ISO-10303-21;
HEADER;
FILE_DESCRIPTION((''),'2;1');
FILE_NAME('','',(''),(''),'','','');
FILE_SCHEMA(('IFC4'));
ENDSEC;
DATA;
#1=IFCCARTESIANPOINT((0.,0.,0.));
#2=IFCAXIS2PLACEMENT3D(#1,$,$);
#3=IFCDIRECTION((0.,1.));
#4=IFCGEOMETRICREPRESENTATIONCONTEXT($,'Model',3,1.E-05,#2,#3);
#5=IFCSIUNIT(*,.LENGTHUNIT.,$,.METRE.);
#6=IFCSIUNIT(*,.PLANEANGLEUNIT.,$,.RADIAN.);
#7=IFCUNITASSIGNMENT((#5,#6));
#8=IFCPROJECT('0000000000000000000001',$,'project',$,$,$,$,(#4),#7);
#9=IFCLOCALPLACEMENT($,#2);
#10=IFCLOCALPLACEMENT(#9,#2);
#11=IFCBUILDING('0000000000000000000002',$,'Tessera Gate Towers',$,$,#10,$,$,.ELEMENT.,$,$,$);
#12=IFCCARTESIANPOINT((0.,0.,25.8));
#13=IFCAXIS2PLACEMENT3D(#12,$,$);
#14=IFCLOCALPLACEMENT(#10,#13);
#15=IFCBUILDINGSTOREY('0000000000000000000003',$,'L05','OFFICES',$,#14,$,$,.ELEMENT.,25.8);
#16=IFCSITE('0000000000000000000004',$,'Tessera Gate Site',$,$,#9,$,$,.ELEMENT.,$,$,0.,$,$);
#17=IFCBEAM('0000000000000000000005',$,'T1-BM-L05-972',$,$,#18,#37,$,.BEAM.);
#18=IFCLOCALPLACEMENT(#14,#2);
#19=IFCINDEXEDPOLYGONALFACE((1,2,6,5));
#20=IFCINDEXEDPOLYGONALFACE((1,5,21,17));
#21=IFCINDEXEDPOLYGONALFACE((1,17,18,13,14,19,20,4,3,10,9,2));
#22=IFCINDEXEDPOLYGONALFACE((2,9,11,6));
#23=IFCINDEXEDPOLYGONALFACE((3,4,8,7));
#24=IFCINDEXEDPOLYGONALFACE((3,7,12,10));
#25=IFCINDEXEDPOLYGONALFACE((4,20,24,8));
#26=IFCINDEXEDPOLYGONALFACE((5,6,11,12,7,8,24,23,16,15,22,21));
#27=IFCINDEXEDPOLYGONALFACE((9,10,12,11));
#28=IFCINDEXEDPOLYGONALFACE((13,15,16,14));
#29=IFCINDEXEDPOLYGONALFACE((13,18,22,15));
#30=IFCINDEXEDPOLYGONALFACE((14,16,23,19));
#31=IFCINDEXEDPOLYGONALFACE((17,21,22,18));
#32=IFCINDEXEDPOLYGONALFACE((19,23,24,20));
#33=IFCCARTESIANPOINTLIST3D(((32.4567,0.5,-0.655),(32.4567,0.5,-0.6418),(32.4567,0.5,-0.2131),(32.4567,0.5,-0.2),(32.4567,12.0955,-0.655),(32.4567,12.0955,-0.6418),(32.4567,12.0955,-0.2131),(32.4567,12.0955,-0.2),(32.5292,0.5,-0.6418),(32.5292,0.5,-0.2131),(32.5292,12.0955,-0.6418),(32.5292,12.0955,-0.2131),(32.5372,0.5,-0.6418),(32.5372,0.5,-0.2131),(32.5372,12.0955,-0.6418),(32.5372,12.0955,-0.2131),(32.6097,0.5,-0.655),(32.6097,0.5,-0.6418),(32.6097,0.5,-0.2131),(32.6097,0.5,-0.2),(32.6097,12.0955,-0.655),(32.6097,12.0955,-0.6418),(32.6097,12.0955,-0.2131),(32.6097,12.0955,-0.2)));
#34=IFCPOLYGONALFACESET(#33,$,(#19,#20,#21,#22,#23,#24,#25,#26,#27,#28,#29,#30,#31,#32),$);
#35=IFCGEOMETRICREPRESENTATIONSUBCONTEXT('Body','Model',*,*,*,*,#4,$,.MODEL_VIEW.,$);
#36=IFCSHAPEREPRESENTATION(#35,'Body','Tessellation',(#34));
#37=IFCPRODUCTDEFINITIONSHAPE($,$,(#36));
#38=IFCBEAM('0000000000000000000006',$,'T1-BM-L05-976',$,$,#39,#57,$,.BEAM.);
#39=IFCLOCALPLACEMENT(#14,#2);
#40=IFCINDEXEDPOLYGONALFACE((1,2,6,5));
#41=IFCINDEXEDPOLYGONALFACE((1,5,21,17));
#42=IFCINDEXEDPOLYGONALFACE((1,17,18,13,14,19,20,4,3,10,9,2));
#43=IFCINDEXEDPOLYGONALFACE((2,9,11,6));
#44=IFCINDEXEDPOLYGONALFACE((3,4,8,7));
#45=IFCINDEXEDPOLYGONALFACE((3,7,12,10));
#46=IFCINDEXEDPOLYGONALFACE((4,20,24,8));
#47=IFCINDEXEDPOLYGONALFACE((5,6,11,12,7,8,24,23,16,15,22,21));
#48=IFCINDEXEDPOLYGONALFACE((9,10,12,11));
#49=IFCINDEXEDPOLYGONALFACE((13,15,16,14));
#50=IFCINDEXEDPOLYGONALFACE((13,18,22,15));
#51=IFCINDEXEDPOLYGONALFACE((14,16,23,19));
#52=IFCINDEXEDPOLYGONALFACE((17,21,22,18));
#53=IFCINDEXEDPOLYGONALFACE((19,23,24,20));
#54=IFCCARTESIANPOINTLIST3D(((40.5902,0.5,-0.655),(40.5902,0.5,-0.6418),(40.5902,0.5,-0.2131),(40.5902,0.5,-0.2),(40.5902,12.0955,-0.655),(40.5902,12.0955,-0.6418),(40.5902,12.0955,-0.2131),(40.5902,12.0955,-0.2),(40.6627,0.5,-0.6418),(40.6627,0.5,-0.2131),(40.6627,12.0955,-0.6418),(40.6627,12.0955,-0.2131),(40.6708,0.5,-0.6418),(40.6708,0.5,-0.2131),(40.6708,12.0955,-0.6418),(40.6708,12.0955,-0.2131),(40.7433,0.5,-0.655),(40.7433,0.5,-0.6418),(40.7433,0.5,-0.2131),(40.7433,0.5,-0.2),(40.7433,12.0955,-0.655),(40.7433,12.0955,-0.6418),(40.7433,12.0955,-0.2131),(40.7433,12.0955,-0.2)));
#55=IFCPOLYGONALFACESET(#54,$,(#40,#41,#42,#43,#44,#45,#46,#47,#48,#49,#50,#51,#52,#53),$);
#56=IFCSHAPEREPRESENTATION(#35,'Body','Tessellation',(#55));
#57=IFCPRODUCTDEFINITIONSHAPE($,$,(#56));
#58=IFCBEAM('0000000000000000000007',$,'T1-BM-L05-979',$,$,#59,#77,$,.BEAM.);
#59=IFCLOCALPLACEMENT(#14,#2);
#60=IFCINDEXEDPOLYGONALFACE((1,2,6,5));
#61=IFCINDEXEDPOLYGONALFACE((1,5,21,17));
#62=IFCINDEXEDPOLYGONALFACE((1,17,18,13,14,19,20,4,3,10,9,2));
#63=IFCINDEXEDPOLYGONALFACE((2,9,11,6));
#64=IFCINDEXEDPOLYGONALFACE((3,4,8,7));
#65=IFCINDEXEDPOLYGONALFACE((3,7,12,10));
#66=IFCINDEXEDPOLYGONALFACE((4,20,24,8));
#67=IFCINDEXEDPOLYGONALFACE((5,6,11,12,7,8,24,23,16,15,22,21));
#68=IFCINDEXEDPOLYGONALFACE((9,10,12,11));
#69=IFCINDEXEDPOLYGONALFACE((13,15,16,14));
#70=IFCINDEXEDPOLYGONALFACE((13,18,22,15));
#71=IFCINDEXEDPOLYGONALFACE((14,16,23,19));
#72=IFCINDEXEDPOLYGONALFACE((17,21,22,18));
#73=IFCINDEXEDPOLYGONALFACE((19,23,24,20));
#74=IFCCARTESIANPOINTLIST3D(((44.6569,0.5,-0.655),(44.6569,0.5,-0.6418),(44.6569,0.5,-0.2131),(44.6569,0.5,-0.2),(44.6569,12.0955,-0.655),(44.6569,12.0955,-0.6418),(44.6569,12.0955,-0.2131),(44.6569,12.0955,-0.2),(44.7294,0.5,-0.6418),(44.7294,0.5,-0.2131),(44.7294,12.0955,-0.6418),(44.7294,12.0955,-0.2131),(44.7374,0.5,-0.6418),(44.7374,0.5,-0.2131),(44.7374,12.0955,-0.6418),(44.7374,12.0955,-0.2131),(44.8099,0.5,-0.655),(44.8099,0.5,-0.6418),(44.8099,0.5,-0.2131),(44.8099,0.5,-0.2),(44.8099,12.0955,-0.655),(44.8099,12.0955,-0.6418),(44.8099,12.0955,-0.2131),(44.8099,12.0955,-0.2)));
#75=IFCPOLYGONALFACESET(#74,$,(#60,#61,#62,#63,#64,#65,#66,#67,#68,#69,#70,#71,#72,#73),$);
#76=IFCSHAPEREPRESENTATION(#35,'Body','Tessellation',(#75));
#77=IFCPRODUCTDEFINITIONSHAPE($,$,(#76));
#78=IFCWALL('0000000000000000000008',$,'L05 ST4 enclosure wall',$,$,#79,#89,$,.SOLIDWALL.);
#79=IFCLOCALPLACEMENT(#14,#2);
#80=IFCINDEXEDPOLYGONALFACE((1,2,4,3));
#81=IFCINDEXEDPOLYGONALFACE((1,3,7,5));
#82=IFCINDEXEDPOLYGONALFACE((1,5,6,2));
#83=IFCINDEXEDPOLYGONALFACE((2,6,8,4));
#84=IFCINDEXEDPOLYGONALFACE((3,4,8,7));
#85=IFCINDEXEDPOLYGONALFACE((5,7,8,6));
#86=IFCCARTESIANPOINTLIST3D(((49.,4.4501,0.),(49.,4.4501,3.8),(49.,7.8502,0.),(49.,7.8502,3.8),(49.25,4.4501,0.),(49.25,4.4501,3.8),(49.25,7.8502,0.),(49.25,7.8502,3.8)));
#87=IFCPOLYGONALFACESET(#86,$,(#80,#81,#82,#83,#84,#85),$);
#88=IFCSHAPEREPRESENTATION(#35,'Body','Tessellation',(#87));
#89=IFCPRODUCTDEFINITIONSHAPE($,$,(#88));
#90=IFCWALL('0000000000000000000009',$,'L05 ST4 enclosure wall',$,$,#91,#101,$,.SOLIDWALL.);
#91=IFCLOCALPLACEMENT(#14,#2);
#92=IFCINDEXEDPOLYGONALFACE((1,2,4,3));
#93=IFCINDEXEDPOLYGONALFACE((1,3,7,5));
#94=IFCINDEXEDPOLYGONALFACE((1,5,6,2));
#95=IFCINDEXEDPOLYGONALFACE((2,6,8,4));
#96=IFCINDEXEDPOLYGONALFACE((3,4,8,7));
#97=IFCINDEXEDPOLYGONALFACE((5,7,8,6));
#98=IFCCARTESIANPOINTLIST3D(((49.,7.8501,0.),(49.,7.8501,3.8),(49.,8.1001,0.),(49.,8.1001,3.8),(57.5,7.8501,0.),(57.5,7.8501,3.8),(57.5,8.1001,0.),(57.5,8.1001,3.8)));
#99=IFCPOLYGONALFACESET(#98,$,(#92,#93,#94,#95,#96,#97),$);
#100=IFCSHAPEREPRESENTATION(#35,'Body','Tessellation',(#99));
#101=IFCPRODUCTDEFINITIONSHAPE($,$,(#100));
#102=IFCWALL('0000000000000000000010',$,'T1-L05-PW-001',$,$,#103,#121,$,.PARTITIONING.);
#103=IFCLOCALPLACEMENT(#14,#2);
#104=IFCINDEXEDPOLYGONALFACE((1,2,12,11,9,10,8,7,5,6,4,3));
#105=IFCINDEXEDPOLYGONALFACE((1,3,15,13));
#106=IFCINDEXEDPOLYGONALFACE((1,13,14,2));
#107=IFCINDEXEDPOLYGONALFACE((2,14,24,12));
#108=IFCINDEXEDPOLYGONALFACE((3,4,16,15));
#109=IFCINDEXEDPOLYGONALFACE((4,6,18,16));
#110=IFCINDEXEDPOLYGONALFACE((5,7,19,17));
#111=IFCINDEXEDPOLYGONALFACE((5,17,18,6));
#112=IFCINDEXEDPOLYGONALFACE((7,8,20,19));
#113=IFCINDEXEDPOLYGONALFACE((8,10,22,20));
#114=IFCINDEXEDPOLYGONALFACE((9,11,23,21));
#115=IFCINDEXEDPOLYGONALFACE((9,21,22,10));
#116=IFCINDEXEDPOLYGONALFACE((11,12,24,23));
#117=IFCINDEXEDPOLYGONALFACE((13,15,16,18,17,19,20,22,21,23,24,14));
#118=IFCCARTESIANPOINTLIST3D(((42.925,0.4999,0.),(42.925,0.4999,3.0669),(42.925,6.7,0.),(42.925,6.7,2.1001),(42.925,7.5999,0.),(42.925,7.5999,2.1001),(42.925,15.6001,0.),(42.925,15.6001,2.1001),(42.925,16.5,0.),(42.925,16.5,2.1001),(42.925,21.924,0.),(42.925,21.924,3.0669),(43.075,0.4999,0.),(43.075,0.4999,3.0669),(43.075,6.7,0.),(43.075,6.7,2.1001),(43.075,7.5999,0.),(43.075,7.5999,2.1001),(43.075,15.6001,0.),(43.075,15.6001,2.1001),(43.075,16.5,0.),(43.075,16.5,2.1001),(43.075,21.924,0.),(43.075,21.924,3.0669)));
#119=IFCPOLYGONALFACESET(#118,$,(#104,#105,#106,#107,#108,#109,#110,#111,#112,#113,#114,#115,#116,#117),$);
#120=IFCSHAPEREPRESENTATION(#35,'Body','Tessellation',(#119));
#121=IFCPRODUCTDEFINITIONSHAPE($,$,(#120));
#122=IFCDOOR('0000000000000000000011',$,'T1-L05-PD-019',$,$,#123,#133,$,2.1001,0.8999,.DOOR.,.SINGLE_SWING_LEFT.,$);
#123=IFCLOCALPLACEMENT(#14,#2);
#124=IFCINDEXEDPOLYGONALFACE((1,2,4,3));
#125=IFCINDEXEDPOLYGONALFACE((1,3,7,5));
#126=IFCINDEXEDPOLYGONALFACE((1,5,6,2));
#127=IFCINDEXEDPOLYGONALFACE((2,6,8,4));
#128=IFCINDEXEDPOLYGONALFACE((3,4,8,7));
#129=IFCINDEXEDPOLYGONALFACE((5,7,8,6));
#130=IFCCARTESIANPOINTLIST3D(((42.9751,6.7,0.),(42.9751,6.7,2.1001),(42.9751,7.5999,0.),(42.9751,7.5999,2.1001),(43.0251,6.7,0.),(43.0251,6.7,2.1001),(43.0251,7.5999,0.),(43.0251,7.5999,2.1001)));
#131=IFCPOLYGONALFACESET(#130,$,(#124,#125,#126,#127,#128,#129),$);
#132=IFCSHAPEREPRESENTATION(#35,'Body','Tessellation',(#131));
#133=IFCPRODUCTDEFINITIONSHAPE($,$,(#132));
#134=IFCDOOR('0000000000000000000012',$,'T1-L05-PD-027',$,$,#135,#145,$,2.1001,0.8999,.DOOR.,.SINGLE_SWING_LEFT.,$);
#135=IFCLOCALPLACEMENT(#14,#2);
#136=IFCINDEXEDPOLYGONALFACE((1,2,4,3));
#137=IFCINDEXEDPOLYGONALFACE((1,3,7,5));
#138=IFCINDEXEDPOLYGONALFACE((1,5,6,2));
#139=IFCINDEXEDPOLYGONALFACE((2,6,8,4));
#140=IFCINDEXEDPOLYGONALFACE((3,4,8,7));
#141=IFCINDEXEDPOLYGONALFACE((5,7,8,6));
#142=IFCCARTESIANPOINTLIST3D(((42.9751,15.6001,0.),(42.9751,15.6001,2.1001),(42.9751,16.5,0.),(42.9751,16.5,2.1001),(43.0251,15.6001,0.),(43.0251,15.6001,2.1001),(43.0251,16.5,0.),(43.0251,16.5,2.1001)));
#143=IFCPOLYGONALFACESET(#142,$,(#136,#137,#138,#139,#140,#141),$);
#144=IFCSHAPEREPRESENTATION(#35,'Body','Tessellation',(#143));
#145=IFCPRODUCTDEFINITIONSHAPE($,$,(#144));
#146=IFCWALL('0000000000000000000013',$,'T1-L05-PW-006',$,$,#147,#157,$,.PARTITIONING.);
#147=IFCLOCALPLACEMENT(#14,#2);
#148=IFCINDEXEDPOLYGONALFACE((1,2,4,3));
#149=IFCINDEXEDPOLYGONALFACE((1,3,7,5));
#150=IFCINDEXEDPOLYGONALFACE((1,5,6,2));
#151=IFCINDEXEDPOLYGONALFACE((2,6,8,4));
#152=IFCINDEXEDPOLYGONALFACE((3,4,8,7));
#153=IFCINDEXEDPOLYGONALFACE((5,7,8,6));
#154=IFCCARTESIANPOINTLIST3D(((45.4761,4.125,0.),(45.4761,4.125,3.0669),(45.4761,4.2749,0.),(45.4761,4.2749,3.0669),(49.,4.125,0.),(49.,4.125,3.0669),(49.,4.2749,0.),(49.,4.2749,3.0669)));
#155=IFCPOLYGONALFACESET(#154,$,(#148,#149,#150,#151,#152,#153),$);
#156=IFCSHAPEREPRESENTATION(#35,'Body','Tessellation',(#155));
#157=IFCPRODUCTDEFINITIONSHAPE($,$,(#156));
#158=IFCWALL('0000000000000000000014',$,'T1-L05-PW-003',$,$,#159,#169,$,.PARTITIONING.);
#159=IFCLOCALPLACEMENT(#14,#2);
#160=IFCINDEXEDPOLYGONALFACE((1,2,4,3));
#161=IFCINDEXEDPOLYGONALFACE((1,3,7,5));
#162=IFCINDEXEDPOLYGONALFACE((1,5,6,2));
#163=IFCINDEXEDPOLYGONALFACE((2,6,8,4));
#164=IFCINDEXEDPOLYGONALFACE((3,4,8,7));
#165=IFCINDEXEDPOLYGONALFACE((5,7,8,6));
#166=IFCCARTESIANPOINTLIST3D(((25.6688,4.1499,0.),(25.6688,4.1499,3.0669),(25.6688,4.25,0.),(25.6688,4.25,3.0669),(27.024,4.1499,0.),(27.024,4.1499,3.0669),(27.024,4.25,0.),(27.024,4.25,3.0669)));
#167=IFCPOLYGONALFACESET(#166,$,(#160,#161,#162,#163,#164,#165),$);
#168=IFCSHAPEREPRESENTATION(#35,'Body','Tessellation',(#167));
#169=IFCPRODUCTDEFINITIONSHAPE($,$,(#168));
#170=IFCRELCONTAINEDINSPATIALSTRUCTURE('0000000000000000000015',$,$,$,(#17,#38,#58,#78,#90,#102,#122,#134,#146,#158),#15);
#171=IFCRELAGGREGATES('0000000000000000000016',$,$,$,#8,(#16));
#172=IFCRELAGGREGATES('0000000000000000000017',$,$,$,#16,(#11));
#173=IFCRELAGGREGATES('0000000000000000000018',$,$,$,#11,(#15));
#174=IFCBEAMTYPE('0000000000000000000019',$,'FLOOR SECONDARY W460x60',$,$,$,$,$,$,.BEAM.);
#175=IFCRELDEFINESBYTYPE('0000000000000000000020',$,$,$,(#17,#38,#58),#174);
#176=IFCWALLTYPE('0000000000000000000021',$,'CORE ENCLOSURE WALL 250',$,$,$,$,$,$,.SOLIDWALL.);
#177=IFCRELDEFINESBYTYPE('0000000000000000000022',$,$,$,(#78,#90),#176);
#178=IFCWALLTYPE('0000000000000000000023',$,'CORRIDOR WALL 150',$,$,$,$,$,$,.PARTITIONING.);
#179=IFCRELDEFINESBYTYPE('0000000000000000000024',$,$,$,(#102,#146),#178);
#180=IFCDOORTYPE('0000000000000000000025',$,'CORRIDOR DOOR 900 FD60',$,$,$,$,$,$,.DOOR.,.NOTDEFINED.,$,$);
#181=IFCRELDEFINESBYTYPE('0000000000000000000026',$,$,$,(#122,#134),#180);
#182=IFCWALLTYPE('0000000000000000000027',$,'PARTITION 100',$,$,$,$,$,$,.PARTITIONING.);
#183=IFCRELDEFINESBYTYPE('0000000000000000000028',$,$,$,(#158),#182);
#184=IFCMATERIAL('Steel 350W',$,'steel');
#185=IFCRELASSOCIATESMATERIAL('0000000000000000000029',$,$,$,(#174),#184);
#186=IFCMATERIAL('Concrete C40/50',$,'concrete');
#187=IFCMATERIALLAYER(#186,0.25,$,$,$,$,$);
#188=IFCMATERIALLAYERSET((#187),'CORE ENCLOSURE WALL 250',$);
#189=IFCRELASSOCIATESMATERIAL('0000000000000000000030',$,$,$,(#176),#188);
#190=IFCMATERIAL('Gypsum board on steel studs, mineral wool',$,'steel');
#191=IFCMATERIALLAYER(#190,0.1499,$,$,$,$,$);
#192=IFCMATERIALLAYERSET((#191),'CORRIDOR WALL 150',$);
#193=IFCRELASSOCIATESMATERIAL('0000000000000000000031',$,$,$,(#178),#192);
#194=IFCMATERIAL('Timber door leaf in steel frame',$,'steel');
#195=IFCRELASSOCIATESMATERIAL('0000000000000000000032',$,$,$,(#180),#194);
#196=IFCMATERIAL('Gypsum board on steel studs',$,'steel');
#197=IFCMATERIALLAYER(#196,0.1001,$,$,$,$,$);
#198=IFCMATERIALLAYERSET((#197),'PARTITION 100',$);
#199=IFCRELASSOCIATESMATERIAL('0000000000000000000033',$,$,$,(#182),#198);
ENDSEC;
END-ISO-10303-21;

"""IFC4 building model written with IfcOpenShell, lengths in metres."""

from ifc_helpers import new_model, si_unit, direction, frame, frame_2d, origin, origin_2d, place, context, subcontext, project, spatial, rectangle, i_section, extrude, source, transform, mapped, material, layer, layer_set, material_profile, profile_set, type_object, element, fill, save


model = new_model("IFC4")

# Units and contexts
model_context = context("Model", 3, precision=1e-05, world=origin(), true_north=direction((0.0, 1.0)))
body_context = subcontext(model_context, "Body", "Model", "MODEL_VIEW")
ifc_project = project(units=[si_unit("LENGTHUNIT", "METRE"), si_unit("PLANEANGLEUNIT", "RADIAN")], contexts=[model_context])

# Site, building, storey
site_placement = place(None, origin())
site = spatial("IfcSite", under=ifc_project, at=site_placement, Name="Tessera Gate Site", CompositionType="ELEMENT", RefElevation=0.0)
building_placement = place(site_placement, origin())
building = spatial("IfcBuilding", under=site, at=building_placement, Name="Tessera Gate Towers", CompositionType="ELEMENT")
storey_placement = place(building_placement, frame((0.0, 0.0, 25.8)))
storey = spatial("IfcBuildingStorey", under=building, at=storey_placement, Name="L05", Description="OFFICES", CompositionType="ELEMENT", Elevation=25.8)

# Beams
ifc_material_1 = material(Name="Steel 350W", Category="steel")
ifc_material_profile_1 = material_profile(ifc_material_1, i_section(OverallWidth=0.1531, OverallDepth=0.4551, WebThickness=0.0081, FlangeThickness=0.0132, at=origin_2d()), Name="W460x60")
ifc_profile_set_1 = profile_set([ifc_material_profile_1], Name="Steel 350W")
beam_type_1 = type_object("IfcBeamType", Name="FLOOR SECONDARY W460x60", PredefinedType="BEAM", material=ifc_profile_set_1)
for number, where, z_axis, x_axis, name in (
    (1, (32.5332, 0.5, -0.4275), (0.0, 1.0, 0.0), (-1.0, 0.0, 0.0), "T1-BM-L05-972"),
    (2, (40.6667, 0.5, -0.4275), (0.0, 1.0, 0.0), (-1.0, 0.0, 0.0), "T1-BM-L05-976"),
    (3, (44.7334, 0.5, -0.4275), (0.0, 1.0, 0.0), (-1.0, 0.0, 0.0), "T1-BM-L05-979"),
):
    element("IfcBeam", number, at=place(storey_placement, frame(where, z_axis=z_axis, x_axis=x_axis)), inside=storey, type_object=beam_type_1, Name=name, PredefinedType="BEAM", context=body_context, shape_type="SweptSolid", body=[
        extrude(i_section(OverallWidth=0.1531, OverallDepth=0.4551, WebThickness=0.0081, FlangeThickness=0.0132, at=origin_2d()), origin(), (0.0, 0.0, 1.0), 11.5955),
    ])

# Walls
ifc_material_2 = material(Name="Concrete C40/50", Category="concrete")
ifc_layer_1 = layer(ifc_material_2, 0.25)
ifc_layer_set_1 = layer_set([ifc_layer_1], Name="CORE ENCLOSURE WALL 250")
wall_type_1 = type_object("IfcWallType", Name="CORE ENCLOSURE WALL 250", PredefinedType="SOLIDWALL", material=ifc_layer_set_1)
wall_1_placement = place(storey_placement, frame((49.125, 4.45, 0.0), z_axis=(0.0, 0.0, 1.0), x_axis=(0.0, 1.0, 0.0)))
element("IfcWall", 4, at=wall_1_placement, inside=storey, type_object=wall_type_1, Name="L05 ST4 enclosure wall", PredefinedType="SOLIDWALL", context=body_context, shape_type="SweptSolid", body=[
    extrude(rectangle(XDim=3.4001, YDim=0.25, at=frame_2d((1.7002, 0.0))), origin(), (0.0, 0.0, 1.0), 3.8),
])
wall_2_placement = place(storey_placement, frame((49.0, 7.9751, 0.0), z_axis=(0.0, 0.0, 1.0), x_axis=(1.0, 0.0, 0.0)))
element("IfcWall", 5, at=wall_2_placement, inside=storey, type_object=wall_type_1, Name="L05 ST4 enclosure wall", PredefinedType="SOLIDWALL", context=body_context, shape_type="SweptSolid", body=[
    extrude(rectangle(XDim=8.5, YDim=0.25, at=frame_2d((4.25, 0.0))), origin(), (0.0, 0.0, 1.0), 3.8),
])

# Wall, openings, doors
ifc_material_3 = material(Name="Gypsum board on steel studs, mineral wool", Category="steel")
ifc_layer_2 = layer(ifc_material_3, 0.1499)
ifc_layer_set_2 = layer_set([ifc_layer_2], Name="CORRIDOR WALL 150")
wall_type_2 = type_object("IfcWallType", Name="CORRIDOR WALL 150", PredefinedType="PARTITIONING", material=ifc_layer_set_2)
wall_3_placement = place(storey_placement, frame((43.0, 0.5, 0.0), z_axis=(0.0, 0.0, 1.0), x_axis=(0.0, 1.0, 0.0)))
wall_3 = element("IfcWall", 6, at=wall_3_placement, inside=storey, type_object=wall_type_2, Name="T1-L05-PW-001", PredefinedType="PARTITIONING", context=body_context, shape_type="SweptSolid", body=[
    extrude(rectangle(XDim=21.4241, YDim=0.1499, at=frame_2d((10.7119, 0.0))), origin(), (0.0, 0.0, 1.0), 3.0669),
])
shared_shape_1 = source(origin(), body_context, "Body", "SweptSolid", [
    extrude(rectangle(XDim=0.8999, YDim=2.1001, at=frame_2d((0.45, 1.05))), frame((0.0, 0.085, 0.0), z_axis=(0.0, -1.0, 0.0), x_axis=(1.0, 0.0, 0.0)), (0.0, 0.0, 1.0), 0.1699),
])
opening_1_placement = place(wall_3_placement, frame((6.2, 0.0, 0.0)))
opening_1 = element("IfcOpeningElement", 7, at=opening_1_placement, cuts=wall_3, PredefinedType="OPENING", context=body_context, shape_type="MappedRepresentation", body=[
    mapped(shared_shape_1, transform((0.0, 0.0, 0.0), scale=1.0)),
])
opening_2_placement = place(wall_3_placement, frame((15.1001, 0.0, 0.0)))
opening_2 = element("IfcOpeningElement", 8, at=opening_2_placement, cuts=wall_3, PredefinedType="OPENING", context=body_context, shape_type="MappedRepresentation", body=[
    mapped(shared_shape_1, transform((0.0, 0.0, 0.0), scale=1.0)),
])
ifc_material_4 = material(Name="Timber door leaf in steel frame", Category="steel")
door_type_1 = type_object("IfcDoorType", Name="CORRIDOR DOOR 900 FD60", OperationType="NOTDEFINED", PredefinedType="DOOR", material=ifc_material_4)
shared_shape_2 = source(origin(), body_context, "Body", "SweptSolid", [
    extrude(rectangle(XDim=0.8999, YDim=2.1001, at=frame_2d((0.45, 1.05))), frame((0.0, 0.0249, 0.0), z_axis=(0.0, -1.0, 0.0), x_axis=(1.0, 0.0, 0.0)), (0.0, 0.0, 1.0), 0.05),
])
door_1_placement = place(opening_1_placement, origin())
door_1 = element("IfcDoor", 9, at=door_1_placement, inside=storey, type_object=door_type_1, Name="T1-L05-PD-019", OperationType="SINGLE_SWING_LEFT", OverallHeight=2.1001, OverallWidth=0.8999, PredefinedType="DOOR", context=body_context, shape_type="MappedRepresentation", body=[
    mapped(shared_shape_2, transform((0.0, 0.0, 0.0), scale=1.0)),
])
fill(opening_1, door_1)
door_2_placement = place(opening_2_placement, origin())
door_2 = element("IfcDoor", 10, at=door_2_placement, inside=storey, type_object=door_type_1, Name="T1-L05-PD-027", OperationType="SINGLE_SWING_LEFT", OverallHeight=2.1001, OverallWidth=0.8999, PredefinedType="DOOR", context=body_context, shape_type="MappedRepresentation", body=[
    mapped(shared_shape_2, transform((0.0, 0.0, 0.0), scale=1.0)),
])
fill(opening_2, door_2)

# Walls
wall_4_placement = place(storey_placement, frame((45.4761, 4.2, 0.0), z_axis=(0.0, 0.0, 1.0), x_axis=(1.0, 0.0, 0.0)))
element("IfcWall", 11, at=wall_4_placement, inside=storey, type_object=wall_type_2, Name="T1-L05-PW-006", PredefinedType="PARTITIONING", context=body_context, shape_type="SweptSolid", body=[
    extrude(rectangle(XDim=3.5239, YDim=0.1499, at=frame_2d((1.762, 0.0))), origin(), (0.0, 0.0, 1.0), 3.0669),
])
ifc_material_5 = material(Name="Gypsum board on steel studs", Category="steel")
ifc_layer_3 = layer(ifc_material_5, 0.1001)
ifc_layer_set_3 = layer_set([ifc_layer_3], Name="PARTITION 100")
wall_type_3 = type_object("IfcWallType", Name="PARTITION 100", PredefinedType="PARTITIONING", material=ifc_layer_set_3)
wall_5_placement = place(storey_placement, frame((25.6687, 4.2, 0.0), z_axis=(0.0, 0.0, 1.0), x_axis=(1.0, 0.0, 0.0)))
element("IfcWall", 12, at=wall_5_placement, inside=storey, type_object=wall_type_3, Name="T1-L05-PW-003", PredefinedType="PARTITIONING", context=body_context, shape_type="SweptSolid", body=[
    extrude(rectangle(XDim=1.3552, YDim=0.1001, at=frame_2d((0.6777, 0.0))), origin(), (0.0, 0.0, 1.0), 3.0669),
])

save(model, "model.ifc")
